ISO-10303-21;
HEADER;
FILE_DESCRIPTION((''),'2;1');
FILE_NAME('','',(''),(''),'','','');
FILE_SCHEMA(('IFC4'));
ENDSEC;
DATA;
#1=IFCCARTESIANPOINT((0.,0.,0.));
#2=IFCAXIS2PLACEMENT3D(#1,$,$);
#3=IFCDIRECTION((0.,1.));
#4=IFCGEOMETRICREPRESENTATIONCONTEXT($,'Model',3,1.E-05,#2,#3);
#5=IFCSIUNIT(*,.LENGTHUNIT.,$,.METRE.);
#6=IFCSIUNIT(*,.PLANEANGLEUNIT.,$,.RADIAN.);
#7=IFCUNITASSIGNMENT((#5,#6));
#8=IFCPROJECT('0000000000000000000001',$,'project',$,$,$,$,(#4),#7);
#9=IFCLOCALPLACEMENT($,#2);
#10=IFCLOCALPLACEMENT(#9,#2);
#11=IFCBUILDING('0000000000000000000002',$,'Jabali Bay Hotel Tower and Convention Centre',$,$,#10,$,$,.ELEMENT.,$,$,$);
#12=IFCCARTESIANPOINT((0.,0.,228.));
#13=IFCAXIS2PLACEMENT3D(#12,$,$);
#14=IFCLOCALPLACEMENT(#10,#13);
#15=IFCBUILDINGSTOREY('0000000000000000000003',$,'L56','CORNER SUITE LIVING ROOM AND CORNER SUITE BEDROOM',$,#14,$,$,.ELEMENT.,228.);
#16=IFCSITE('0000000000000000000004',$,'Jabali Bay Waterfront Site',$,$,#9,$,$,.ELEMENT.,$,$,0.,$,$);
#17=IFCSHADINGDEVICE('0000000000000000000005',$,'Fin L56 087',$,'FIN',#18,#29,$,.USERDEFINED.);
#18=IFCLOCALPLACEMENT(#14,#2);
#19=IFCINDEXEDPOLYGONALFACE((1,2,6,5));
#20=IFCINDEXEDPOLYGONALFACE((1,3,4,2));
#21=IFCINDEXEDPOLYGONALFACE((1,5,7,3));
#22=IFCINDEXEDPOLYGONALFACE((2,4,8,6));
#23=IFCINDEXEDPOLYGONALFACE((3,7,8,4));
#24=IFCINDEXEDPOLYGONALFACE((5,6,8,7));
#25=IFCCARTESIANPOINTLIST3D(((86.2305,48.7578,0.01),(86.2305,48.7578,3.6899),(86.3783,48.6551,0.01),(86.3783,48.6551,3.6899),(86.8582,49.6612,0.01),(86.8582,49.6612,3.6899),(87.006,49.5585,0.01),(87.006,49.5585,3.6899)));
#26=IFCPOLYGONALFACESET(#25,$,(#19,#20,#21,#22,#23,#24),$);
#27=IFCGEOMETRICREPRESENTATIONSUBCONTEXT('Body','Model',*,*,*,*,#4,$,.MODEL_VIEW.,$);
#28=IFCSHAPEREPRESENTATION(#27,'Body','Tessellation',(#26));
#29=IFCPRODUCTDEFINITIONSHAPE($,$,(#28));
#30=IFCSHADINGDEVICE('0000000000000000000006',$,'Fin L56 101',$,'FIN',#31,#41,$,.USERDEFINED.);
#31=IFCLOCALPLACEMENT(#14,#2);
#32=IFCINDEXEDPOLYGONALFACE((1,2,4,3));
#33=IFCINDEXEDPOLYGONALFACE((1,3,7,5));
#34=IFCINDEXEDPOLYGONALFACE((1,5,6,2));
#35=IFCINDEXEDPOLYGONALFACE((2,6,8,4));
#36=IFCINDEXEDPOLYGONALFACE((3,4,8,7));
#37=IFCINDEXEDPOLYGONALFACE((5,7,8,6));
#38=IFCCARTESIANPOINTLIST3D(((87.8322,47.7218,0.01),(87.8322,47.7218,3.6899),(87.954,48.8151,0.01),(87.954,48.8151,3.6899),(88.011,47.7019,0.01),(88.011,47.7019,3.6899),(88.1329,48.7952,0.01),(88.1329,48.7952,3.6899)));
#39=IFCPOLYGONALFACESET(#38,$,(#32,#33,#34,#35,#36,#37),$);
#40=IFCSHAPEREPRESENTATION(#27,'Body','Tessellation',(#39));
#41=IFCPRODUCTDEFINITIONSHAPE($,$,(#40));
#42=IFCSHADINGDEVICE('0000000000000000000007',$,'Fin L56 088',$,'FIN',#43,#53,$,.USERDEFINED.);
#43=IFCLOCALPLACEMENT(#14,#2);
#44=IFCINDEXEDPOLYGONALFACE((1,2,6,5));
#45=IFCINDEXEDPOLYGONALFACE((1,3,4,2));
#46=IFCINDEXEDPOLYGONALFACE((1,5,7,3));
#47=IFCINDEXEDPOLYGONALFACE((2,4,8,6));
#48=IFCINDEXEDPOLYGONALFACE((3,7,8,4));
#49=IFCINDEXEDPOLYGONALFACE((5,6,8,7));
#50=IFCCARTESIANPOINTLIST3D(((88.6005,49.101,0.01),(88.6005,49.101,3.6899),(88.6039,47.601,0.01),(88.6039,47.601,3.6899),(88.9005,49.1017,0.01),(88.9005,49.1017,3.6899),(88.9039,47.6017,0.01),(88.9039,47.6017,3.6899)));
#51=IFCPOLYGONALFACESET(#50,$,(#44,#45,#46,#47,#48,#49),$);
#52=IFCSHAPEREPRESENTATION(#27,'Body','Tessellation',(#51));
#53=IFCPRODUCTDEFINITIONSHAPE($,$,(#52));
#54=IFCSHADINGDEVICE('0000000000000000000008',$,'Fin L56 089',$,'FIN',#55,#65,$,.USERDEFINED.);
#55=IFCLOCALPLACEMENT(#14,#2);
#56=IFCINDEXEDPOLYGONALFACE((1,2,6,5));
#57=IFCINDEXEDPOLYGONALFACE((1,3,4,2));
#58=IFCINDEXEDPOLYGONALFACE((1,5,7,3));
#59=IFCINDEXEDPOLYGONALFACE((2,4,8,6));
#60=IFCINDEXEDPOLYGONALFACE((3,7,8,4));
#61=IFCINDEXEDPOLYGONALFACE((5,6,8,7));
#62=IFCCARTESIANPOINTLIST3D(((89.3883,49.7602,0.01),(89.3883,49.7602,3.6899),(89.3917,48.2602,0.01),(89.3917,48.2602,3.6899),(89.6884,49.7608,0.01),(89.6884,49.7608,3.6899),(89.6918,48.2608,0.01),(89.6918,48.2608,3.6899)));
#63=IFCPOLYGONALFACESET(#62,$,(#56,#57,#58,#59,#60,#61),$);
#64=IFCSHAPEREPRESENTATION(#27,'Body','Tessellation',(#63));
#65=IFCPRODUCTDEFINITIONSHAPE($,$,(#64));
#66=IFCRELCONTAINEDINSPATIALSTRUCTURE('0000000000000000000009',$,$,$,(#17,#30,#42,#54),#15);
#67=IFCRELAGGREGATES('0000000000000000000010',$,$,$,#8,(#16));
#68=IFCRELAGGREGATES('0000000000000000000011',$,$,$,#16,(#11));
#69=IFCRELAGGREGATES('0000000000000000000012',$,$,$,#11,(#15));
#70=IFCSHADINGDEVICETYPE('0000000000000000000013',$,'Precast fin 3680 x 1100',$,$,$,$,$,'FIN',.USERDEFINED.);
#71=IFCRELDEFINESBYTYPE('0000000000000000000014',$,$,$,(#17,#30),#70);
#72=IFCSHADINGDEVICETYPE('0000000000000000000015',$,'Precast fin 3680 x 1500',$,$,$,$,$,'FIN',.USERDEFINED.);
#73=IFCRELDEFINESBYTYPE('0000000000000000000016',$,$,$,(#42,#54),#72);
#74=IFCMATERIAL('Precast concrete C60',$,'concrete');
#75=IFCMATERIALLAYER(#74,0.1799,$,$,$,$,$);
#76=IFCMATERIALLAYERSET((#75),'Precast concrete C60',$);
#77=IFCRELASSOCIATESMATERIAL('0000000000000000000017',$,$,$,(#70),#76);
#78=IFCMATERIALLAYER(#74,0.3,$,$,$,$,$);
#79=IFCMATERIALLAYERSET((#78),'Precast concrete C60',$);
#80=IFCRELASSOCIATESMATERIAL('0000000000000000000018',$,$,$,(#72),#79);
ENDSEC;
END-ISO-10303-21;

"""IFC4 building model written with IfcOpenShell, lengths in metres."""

from ifc_helpers import new_model, si_unit, direction, frame, frame_2d, origin, place, context, subcontext, project, spatial, rectangle, extrude, material, layer, layer_set, type_object, element, save


model = new_model("IFC4")

# Units and contexts
model_context = context("Model", 3, precision=1e-05, world=origin(), true_north=direction((0.0, 1.0)))
body_context = subcontext(model_context, "Body", "Model", "MODEL_VIEW")
ifc_project = project(units=[si_unit("LENGTHUNIT", "METRE"), si_unit("PLANEANGLEUNIT", "RADIAN")], contexts=[model_context])

# Site, building, storey
site_placement = place(None, origin())
site = spatial("IfcSite", under=ifc_project, at=site_placement, Name="Jabali Bay Waterfront Site", CompositionType="ELEMENT", RefElevation=0.0)
building_placement = place(site_placement, origin())
building = spatial("IfcBuilding", under=site, at=building_placement, Name="Jabali Bay Hotel Tower and Convention Centre", CompositionType="ELEMENT")
storey_placement = place(building_placement, frame((0.0, 0.0, 228.0)))
storey = spatial("IfcBuildingStorey", under=building, at=storey_placement, Name="L56", Description="CORNER SUITE LIVING ROOM AND CORNER SUITE BEDROOM", CompositionType="ELEMENT", Elevation=228.0)

# Shading devices
ifc_material_1 = material(Name="Precast concrete C60", Category="concrete")
ifc_layer_1 = layer(ifc_material_1, 0.1799)
ifc_layer_set_1 = layer_set([ifc_layer_1], Name="Precast concrete C60")
shading_device_type_1 = type_object("IfcShadingDeviceType", Name="Precast fin 3680 x 1100", ElementType="FIN", PredefinedType="USERDEFINED", material=ifc_layer_set_1)
for number, where, z_axis, x_axis, name in (
    (1, (86.9321, 49.6099, 0.01), (0.0, 0.0, 1.0), (-0.570629, -0.821208, 0.0), "Fin L56 087"),
    (2, (88.0435, 48.8052, 0.01), (0.0, 0.0, 1.0), (-0.110748, -0.993848, 0.0), "Fin L56 101"),
):
    element("IfcShadingDevice", number, at=place(storey_placement, frame(where, z_axis=z_axis, x_axis=x_axis)), inside=storey, type_object=shading_device_type_1, Name=name, ObjectType="FIN", PredefinedType="USERDEFINED", context=body_context, shape_type="SweptSolid", body=[
        extrude(rectangle(XDim=1.1001, YDim=0.1799, at=frame_2d((0.55, 0.0))), origin(), (0.0, 0.0, 1.0), 3.6799),
    ])
ifc_layer_2 = layer(ifc_material_1, 0.3)
ifc_layer_set_2 = layer_set([ifc_layer_2], Name="Precast concrete C60")
shading_device_type_2 = type_object("IfcShadingDeviceType", Name="Precast fin 3680 x 1500", ElementType="FIN", PredefinedType="USERDEFINED", material=ifc_layer_set_2)
for number, where, z_axis, x_axis, name in (
    (3, (88.7505, 49.1013, 0.01), (0.0, 0.0, 1.0), (0.002279, -0.999997, 0.0), "Fin L56 088"),
    (4, (89.5383, 49.7605, 0.01), (0.0, 0.0, 1.0), (0.002279, -0.999997, 0.0), "Fin L56 089"),
):
    element("IfcShadingDevice", number, at=place(storey_placement, frame(where, z_axis=z_axis, x_axis=x_axis)), inside=storey, type_object=shading_device_type_2, Name=name, ObjectType="FIN", PredefinedType="USERDEFINED", context=body_context, shape_type="SweptSolid", body=[
        extrude(rectangle(XDim=1.5, YDim=0.3, at=frame_2d((0.75, 0.0))), origin(), (0.0, 0.0, 1.0), 3.6799),
    ])

save(model, "model.ifc")
